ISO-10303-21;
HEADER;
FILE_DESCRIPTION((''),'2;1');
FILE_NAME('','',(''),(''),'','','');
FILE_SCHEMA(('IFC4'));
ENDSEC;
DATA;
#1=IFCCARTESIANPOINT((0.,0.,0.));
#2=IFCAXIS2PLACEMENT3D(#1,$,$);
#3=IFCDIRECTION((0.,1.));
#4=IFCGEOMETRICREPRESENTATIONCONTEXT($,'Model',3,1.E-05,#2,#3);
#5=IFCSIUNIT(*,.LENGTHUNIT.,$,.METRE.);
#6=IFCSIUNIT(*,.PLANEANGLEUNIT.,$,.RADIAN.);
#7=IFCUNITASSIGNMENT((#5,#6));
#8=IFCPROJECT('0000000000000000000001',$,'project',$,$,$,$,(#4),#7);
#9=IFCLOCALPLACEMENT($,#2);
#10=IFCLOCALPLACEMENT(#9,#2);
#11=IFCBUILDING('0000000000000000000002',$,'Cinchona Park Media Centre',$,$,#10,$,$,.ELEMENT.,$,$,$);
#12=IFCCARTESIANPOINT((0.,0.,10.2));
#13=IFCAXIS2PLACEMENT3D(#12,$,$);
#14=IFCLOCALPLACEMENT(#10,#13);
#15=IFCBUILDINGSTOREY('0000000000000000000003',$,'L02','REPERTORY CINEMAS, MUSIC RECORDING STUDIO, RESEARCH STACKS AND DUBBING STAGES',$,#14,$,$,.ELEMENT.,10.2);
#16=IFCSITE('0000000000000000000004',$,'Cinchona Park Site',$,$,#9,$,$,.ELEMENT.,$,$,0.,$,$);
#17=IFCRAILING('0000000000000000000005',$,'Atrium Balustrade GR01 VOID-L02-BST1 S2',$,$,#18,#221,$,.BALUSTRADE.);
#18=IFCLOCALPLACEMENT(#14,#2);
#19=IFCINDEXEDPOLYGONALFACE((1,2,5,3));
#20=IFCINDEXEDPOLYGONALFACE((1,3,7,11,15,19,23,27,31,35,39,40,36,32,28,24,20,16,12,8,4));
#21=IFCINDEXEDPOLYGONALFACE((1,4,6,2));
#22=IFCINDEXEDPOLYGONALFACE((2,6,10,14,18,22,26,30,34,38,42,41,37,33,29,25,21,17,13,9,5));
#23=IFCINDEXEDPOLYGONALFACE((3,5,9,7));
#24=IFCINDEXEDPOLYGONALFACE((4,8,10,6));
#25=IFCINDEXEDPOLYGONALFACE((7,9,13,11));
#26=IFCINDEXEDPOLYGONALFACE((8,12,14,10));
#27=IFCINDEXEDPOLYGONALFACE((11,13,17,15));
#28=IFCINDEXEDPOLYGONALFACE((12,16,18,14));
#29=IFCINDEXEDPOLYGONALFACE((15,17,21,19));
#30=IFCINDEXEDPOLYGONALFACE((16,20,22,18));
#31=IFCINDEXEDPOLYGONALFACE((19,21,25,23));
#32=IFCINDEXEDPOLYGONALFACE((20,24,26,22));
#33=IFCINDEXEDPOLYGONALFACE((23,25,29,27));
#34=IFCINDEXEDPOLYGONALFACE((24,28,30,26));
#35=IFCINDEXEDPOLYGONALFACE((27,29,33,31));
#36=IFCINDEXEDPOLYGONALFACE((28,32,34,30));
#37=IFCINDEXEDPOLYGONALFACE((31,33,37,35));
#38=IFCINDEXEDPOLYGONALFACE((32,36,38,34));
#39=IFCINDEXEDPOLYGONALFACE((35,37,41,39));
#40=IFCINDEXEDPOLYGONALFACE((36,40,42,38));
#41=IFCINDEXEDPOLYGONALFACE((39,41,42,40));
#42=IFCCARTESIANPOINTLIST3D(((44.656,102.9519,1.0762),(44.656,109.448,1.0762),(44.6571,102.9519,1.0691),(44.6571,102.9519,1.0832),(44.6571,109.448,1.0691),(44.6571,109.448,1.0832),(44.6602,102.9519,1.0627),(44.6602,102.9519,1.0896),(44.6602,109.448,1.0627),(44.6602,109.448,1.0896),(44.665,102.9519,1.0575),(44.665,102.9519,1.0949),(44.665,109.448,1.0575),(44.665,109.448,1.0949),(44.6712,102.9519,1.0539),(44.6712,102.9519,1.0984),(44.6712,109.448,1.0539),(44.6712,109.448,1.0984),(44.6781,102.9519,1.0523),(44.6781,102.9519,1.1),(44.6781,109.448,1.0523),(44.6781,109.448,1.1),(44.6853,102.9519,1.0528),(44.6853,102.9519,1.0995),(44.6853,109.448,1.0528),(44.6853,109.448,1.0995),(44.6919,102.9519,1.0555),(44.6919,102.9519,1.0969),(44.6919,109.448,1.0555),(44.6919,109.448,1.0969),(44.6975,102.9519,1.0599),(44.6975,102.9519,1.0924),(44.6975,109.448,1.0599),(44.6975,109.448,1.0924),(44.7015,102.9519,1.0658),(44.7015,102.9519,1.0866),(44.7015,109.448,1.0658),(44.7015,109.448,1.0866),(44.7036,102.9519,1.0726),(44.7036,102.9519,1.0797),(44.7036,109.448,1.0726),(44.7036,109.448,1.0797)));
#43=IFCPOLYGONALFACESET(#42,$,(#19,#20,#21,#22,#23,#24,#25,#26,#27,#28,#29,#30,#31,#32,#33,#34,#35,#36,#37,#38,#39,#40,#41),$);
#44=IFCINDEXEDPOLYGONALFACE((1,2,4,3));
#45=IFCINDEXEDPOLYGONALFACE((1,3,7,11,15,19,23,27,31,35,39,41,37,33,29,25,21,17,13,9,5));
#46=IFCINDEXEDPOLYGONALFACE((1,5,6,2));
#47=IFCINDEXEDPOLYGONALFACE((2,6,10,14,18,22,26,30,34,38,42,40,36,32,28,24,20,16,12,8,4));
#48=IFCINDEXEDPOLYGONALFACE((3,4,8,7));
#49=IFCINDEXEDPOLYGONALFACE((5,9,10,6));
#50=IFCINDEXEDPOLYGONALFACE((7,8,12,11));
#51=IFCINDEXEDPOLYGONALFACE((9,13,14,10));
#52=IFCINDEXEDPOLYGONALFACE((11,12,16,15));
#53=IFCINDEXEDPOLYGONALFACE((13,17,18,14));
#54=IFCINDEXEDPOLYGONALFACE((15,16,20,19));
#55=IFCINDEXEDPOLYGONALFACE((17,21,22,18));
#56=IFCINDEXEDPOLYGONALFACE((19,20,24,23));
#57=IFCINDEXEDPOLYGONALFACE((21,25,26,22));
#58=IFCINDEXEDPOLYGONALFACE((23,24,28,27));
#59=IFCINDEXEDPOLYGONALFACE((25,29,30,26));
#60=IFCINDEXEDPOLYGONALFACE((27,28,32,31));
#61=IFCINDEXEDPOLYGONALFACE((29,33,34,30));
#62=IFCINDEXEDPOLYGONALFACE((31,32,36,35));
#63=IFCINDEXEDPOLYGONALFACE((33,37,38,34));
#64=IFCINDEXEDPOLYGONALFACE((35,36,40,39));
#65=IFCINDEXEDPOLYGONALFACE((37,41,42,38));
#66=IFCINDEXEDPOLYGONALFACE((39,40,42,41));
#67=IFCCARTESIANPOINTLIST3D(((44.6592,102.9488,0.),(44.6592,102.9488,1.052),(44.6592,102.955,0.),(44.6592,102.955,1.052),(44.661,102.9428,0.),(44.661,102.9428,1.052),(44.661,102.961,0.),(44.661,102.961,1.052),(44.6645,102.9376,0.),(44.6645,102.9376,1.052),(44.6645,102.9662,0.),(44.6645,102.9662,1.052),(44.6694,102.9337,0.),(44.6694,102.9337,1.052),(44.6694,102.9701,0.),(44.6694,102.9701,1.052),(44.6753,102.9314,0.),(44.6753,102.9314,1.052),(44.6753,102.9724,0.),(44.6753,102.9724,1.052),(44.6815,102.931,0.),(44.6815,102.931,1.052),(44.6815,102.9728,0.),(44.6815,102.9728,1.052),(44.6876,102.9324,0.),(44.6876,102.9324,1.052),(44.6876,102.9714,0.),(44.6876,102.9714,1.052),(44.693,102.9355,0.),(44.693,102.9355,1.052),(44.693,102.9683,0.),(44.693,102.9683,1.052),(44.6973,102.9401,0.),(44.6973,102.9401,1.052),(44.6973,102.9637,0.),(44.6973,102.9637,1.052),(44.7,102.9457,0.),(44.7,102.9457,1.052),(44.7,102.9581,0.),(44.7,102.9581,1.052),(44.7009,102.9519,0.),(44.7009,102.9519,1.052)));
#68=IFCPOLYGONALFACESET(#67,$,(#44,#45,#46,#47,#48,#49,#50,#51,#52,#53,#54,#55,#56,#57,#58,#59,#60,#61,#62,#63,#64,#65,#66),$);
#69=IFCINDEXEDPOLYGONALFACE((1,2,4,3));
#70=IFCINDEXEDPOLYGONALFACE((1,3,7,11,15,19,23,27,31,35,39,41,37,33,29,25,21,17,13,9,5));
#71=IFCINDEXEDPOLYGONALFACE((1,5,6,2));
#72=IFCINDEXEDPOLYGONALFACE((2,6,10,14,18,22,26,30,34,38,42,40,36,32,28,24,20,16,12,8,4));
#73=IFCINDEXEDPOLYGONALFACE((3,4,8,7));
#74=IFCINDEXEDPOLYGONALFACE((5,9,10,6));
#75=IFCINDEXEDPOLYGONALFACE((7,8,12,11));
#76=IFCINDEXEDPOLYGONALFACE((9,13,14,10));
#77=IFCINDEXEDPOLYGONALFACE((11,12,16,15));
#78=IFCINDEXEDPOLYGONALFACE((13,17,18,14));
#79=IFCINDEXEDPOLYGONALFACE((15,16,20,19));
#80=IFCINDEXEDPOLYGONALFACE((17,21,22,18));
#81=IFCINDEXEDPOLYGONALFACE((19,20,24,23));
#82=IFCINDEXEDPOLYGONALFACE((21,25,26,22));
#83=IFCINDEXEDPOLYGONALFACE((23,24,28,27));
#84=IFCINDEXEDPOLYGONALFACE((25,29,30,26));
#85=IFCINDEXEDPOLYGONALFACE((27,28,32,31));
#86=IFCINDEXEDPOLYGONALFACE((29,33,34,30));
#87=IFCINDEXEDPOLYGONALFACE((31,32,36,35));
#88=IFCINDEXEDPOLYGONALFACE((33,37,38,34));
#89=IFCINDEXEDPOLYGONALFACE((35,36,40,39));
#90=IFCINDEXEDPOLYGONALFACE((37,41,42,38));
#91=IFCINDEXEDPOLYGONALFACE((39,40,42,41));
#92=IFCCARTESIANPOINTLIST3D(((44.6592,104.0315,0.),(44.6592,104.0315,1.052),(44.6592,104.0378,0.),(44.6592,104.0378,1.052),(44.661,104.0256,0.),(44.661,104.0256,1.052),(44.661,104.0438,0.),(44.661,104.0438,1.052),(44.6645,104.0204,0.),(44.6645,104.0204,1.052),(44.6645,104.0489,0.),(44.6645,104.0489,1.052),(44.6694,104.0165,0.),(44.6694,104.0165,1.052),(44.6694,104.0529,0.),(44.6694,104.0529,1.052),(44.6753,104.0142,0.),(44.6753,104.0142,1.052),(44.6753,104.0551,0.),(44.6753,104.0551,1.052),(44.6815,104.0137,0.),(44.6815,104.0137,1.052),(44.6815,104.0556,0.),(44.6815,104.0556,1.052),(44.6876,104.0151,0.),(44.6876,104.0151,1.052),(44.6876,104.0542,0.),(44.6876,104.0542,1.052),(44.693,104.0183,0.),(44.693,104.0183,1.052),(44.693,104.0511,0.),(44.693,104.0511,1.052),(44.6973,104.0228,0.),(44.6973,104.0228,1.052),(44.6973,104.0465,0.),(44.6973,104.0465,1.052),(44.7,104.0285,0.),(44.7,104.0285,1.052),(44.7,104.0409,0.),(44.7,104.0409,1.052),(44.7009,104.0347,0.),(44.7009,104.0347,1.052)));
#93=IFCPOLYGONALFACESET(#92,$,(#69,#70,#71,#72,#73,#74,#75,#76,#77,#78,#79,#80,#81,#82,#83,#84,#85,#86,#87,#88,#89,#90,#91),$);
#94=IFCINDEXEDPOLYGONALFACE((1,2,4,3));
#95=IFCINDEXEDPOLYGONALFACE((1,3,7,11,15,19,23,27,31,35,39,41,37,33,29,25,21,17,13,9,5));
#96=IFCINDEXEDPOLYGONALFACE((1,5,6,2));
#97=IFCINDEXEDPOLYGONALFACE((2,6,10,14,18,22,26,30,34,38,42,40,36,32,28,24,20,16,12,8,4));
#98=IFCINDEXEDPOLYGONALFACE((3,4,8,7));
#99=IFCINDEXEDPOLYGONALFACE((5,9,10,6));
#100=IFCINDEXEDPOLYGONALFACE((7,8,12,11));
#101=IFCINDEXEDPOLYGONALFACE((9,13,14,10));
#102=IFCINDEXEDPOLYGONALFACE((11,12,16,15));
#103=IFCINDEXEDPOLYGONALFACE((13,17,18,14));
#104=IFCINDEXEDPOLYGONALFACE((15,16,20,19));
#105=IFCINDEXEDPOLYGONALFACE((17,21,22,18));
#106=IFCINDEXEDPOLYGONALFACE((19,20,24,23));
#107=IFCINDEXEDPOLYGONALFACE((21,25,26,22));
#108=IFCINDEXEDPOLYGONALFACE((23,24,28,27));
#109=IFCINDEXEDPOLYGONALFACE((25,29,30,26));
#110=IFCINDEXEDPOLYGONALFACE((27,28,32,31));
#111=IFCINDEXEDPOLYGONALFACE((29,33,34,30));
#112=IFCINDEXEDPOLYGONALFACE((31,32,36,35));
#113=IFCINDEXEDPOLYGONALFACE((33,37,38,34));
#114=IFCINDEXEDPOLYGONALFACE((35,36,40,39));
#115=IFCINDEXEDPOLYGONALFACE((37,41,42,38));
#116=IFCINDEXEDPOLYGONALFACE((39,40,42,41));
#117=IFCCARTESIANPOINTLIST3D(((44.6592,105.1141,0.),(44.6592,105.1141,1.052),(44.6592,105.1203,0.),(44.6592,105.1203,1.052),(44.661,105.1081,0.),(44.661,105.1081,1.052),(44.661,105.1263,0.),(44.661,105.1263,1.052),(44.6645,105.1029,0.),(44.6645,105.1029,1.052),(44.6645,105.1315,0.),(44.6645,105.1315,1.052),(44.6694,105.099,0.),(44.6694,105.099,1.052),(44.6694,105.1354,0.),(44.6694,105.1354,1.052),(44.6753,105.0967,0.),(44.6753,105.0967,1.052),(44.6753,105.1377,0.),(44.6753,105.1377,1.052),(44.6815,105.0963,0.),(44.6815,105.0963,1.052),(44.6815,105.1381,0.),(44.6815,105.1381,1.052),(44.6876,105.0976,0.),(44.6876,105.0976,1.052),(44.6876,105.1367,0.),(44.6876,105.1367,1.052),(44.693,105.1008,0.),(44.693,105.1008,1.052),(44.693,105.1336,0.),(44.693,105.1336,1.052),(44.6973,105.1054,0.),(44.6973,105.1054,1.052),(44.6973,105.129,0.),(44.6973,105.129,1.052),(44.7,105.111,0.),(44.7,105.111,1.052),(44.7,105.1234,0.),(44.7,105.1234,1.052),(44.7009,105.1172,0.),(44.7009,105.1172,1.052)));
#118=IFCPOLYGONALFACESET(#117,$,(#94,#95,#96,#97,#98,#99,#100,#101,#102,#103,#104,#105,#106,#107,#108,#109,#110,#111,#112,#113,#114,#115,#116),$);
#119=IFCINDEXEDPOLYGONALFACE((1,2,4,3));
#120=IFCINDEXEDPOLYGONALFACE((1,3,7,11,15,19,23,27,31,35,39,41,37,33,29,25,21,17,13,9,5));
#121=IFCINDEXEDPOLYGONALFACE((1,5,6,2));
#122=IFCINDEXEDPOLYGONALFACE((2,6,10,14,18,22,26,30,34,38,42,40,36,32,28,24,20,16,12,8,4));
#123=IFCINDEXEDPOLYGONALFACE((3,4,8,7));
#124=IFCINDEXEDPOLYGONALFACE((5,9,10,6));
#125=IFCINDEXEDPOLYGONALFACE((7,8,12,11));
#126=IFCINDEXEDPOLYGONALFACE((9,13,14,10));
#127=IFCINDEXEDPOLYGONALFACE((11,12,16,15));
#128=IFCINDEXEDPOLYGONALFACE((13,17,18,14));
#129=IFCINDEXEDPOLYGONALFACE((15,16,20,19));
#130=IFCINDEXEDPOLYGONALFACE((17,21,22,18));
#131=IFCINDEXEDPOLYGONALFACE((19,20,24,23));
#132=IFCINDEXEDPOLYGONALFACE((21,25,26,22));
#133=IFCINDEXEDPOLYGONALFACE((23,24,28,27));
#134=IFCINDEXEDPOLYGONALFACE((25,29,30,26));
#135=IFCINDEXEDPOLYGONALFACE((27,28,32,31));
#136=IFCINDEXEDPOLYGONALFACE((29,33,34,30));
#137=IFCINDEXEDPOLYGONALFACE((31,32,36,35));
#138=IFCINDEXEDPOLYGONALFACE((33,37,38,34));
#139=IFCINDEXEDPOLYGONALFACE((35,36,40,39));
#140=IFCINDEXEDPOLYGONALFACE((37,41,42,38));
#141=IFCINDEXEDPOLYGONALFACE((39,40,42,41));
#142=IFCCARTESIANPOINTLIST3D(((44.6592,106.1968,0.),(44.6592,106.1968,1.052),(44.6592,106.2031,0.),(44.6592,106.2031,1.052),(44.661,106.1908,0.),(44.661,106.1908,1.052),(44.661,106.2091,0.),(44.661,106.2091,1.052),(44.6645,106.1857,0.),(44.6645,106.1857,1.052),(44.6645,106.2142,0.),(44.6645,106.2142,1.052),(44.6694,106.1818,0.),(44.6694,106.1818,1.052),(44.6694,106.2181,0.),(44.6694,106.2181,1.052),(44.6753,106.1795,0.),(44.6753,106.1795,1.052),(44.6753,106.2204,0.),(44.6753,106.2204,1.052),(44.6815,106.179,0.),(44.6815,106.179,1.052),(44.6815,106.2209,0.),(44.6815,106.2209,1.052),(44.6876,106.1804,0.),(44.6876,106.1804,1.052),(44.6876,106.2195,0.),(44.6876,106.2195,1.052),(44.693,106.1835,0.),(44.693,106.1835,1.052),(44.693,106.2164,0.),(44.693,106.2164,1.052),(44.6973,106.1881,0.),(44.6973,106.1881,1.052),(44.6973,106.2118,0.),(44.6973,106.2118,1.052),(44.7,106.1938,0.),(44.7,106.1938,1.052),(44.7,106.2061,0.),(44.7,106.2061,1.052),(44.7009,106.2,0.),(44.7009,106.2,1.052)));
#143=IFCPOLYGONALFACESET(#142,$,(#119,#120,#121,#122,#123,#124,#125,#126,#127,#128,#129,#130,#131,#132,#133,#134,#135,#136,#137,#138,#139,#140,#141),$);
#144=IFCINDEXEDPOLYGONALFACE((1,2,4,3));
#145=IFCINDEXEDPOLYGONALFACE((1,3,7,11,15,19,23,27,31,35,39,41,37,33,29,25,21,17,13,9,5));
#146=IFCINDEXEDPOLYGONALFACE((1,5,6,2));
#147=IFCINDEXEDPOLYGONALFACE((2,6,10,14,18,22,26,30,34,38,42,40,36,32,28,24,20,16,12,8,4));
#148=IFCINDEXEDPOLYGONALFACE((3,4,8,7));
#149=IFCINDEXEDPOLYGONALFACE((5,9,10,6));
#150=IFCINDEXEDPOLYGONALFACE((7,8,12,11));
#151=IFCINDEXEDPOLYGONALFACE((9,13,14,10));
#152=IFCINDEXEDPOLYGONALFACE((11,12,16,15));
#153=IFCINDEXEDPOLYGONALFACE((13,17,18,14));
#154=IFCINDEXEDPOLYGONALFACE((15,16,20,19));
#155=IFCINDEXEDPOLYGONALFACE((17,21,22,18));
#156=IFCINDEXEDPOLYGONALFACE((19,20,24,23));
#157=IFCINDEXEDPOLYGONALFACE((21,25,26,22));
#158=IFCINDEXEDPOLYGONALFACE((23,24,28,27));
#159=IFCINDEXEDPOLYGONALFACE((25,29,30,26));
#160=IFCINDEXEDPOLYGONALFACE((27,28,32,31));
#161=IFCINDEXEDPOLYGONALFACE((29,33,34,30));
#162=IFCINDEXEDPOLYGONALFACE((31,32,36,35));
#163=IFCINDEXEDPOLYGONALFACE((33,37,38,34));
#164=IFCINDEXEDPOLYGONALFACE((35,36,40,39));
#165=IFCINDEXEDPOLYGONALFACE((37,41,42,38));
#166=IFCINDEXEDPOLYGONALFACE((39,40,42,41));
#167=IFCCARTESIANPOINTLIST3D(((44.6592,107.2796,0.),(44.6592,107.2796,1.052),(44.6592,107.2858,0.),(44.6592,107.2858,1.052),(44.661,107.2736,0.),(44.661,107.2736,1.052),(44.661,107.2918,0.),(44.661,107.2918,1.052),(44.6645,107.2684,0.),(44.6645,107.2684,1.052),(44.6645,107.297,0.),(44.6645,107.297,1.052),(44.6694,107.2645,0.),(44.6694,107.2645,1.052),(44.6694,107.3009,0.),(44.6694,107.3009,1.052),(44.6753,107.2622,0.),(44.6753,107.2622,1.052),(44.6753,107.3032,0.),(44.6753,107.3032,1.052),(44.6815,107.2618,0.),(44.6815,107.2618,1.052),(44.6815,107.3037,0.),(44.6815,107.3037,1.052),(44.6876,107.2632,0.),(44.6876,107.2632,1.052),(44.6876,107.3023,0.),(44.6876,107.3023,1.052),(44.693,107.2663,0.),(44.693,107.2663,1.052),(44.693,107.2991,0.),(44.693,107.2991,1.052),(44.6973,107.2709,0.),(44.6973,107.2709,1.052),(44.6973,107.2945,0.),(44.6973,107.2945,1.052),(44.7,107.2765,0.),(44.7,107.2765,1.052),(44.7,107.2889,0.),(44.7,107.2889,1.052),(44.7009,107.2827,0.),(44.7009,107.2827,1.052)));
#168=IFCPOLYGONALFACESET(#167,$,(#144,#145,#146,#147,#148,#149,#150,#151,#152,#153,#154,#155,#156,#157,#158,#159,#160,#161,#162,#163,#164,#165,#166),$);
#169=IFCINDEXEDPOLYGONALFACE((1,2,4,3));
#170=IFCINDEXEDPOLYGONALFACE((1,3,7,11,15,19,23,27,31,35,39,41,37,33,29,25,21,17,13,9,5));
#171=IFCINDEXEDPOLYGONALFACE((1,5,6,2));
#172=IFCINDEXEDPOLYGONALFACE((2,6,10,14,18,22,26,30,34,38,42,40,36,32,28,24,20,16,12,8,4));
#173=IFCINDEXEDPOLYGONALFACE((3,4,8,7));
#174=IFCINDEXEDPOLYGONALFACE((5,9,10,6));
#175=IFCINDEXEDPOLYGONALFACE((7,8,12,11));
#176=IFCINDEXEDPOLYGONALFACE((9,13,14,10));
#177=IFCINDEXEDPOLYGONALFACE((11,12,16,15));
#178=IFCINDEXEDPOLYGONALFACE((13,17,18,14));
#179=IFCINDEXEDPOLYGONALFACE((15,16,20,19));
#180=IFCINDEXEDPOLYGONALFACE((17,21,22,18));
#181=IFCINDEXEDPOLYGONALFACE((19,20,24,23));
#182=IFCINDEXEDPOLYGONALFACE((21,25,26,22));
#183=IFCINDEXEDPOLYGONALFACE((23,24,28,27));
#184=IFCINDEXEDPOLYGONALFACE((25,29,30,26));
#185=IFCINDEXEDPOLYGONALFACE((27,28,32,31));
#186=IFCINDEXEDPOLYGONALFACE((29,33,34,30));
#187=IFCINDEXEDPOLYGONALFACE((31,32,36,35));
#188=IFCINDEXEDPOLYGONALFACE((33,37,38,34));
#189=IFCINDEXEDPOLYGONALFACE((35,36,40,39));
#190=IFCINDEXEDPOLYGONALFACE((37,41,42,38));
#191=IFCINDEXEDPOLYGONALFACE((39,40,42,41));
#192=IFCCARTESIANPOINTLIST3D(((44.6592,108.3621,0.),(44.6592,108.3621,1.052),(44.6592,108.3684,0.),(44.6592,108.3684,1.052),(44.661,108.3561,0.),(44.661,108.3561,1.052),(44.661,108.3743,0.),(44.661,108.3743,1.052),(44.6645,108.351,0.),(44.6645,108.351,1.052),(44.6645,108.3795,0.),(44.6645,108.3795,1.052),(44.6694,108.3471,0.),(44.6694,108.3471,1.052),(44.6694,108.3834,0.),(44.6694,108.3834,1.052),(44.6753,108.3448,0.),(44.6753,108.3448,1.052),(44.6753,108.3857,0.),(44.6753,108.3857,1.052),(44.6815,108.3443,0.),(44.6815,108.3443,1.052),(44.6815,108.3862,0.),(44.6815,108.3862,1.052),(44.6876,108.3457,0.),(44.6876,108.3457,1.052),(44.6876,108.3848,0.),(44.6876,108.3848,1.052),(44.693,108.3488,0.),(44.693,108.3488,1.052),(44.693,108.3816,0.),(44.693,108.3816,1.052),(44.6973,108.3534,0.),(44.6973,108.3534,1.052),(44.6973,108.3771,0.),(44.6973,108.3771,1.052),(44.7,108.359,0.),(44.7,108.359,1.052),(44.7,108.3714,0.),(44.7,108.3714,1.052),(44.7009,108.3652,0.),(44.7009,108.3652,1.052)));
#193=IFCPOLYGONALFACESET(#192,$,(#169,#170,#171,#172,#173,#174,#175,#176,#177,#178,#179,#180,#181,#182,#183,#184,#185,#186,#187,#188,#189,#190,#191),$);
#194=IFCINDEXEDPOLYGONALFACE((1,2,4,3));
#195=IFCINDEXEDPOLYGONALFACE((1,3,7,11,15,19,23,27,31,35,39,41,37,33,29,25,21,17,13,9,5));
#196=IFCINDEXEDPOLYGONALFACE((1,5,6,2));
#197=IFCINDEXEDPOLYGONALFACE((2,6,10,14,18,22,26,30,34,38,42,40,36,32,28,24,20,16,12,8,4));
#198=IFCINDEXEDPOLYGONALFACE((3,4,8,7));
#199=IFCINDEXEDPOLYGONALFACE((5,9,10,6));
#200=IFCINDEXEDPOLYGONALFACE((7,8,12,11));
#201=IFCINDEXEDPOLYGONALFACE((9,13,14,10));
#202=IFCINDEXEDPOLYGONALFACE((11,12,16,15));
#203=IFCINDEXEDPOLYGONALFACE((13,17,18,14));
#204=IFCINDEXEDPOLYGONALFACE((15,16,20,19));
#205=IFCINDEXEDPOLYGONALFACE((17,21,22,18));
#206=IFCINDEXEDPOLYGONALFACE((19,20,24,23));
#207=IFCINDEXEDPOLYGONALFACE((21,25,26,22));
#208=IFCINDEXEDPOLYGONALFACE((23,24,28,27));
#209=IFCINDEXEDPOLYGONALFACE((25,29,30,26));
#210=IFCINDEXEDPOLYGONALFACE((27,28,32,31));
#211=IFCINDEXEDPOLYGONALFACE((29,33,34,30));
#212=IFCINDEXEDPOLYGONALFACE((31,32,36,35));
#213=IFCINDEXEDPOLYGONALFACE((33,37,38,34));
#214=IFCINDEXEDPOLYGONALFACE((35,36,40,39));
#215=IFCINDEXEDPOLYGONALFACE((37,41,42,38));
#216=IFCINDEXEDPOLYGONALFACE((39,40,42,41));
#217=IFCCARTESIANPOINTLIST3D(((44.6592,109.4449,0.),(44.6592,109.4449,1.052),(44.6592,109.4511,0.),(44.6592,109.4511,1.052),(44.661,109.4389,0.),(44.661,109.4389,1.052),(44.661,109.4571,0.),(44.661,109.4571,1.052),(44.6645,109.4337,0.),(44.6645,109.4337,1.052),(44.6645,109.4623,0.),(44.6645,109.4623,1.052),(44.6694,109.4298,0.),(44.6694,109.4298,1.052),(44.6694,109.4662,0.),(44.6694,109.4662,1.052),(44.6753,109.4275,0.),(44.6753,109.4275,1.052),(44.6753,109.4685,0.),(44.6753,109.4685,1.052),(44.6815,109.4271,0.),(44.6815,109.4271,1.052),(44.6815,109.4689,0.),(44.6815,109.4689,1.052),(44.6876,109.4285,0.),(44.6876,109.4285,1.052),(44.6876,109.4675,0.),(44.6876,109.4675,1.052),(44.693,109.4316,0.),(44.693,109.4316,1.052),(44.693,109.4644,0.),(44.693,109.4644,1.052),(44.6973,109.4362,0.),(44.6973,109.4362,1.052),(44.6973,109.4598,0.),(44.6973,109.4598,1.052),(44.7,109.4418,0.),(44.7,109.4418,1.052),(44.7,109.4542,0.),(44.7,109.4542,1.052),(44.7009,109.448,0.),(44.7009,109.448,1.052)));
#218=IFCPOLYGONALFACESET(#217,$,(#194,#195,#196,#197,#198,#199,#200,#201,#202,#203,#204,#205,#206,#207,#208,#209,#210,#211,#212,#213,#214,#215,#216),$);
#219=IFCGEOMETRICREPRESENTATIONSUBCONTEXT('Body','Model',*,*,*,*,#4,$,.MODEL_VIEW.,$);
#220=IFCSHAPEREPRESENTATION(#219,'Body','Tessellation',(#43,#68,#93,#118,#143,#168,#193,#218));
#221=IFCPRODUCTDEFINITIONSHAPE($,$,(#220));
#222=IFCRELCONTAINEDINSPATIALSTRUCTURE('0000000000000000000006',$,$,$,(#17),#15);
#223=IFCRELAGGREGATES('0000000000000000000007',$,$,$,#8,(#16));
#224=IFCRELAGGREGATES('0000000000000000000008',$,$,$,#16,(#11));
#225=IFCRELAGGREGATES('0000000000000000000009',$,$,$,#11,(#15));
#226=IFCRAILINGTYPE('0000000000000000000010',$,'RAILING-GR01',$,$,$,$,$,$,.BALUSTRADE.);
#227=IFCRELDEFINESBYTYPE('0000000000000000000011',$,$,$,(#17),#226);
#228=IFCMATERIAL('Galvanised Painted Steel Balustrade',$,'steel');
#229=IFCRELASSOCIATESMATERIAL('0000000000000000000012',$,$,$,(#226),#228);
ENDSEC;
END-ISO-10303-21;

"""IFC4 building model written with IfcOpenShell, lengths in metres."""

from ifc_helpers import new_model, si_unit, direction, frame, origin, origin_2d, place, context, subcontext, project, spatial, circle, extrude, material, type_object, element, save


model = new_model("IFC4")

# Units and contexts
model_context = context("Model", 3, precision=1e-05, world=origin(), true_north=direction((0.0, 1.0)))
body_context = subcontext(model_context, "Body", "Model", "MODEL_VIEW")
ifc_project = project(units=[si_unit("LENGTHUNIT", "METRE"), si_unit("PLANEANGLEUNIT", "RADIAN")], contexts=[model_context])

# Site, building, storey
site_placement = place(None, origin())
site = spatial("IfcSite", under=ifc_project, at=site_placement, Name="Cinchona Park Site", CompositionType="ELEMENT", RefElevation=0.0)
building_placement = place(site_placement, origin())
building = spatial("IfcBuilding", under=site, at=building_placement, Name="Cinchona Park Media Centre", CompositionType="ELEMENT")
storey_placement = place(building_placement, frame((0.0, 0.0, 10.2)))
storey = spatial("IfcBuildingStorey", under=building, at=storey_placement, Name="L02", Description="REPERTORY CINEMAS, MUSIC RECORDING STUDIO, RESEARCH STACKS AND DUBBING STAGES", CompositionType="ELEMENT", Elevation=10.2)

# Railing
ifc_material_1 = material(Name="Galvanised Painted Steel Balustrade", Category="steel")
railing_type_1 = type_object("IfcRailingType", Name="RAILING-GR01", PredefinedType="BALUSTRADE", material=ifc_material_1)
railing_1_placement = place(storey_placement, frame((44.6799, 102.9519, 0.0)))
element("IfcRailing", 1, at=railing_1_placement, inside=storey, type_object=railing_type_1, Name="Atrium Balustrade GR01 VOID-L02-BST1 S2", PredefinedType="BALUSTRADE", context=body_context, shape_type="SweptSolid", body=[
    extrude(circle(Radius=0.0239, at=origin_2d()), frame((0.0, 0.0, 1.0762), z_axis=(0.0, 1.0, 0.0), x_axis=(-1.0, 0.0, 0.0)), (0.0, 0.0, 1.0), 6.4961),
    extrude(circle(Radius=0.021, at=origin_2d()), origin(), (0.0, 0.0, 1.0), 1.052),
    extrude(circle(Radius=0.021, at=origin_2d()), frame((0.0, 1.0828, 0.0)), (0.0, 0.0, 1.0), 1.052),
    extrude(circle(Radius=0.021, at=origin_2d()), frame((0.0, 2.1653, 0.0)), (0.0, 0.0, 1.0), 1.052),
    extrude(circle(Radius=0.021, at=origin_2d()), frame((0.0, 3.248, 0.0)), (0.0, 0.0, 1.0), 1.052),
    extrude(circle(Radius=0.021, at=origin_2d()), frame((0.0, 4.3308, 0.0)), (0.0, 0.0, 1.0), 1.052),
    extrude(circle(Radius=0.021, at=origin_2d()), frame((0.0, 5.4133, 0.0)), (0.0, 0.0, 1.0), 1.052),
    extrude(circle(Radius=0.021, at=origin_2d()), frame((0.0, 6.4961, 0.0)), (0.0, 0.0, 1.0), 1.052),
])

save(model, "model.ifc")
